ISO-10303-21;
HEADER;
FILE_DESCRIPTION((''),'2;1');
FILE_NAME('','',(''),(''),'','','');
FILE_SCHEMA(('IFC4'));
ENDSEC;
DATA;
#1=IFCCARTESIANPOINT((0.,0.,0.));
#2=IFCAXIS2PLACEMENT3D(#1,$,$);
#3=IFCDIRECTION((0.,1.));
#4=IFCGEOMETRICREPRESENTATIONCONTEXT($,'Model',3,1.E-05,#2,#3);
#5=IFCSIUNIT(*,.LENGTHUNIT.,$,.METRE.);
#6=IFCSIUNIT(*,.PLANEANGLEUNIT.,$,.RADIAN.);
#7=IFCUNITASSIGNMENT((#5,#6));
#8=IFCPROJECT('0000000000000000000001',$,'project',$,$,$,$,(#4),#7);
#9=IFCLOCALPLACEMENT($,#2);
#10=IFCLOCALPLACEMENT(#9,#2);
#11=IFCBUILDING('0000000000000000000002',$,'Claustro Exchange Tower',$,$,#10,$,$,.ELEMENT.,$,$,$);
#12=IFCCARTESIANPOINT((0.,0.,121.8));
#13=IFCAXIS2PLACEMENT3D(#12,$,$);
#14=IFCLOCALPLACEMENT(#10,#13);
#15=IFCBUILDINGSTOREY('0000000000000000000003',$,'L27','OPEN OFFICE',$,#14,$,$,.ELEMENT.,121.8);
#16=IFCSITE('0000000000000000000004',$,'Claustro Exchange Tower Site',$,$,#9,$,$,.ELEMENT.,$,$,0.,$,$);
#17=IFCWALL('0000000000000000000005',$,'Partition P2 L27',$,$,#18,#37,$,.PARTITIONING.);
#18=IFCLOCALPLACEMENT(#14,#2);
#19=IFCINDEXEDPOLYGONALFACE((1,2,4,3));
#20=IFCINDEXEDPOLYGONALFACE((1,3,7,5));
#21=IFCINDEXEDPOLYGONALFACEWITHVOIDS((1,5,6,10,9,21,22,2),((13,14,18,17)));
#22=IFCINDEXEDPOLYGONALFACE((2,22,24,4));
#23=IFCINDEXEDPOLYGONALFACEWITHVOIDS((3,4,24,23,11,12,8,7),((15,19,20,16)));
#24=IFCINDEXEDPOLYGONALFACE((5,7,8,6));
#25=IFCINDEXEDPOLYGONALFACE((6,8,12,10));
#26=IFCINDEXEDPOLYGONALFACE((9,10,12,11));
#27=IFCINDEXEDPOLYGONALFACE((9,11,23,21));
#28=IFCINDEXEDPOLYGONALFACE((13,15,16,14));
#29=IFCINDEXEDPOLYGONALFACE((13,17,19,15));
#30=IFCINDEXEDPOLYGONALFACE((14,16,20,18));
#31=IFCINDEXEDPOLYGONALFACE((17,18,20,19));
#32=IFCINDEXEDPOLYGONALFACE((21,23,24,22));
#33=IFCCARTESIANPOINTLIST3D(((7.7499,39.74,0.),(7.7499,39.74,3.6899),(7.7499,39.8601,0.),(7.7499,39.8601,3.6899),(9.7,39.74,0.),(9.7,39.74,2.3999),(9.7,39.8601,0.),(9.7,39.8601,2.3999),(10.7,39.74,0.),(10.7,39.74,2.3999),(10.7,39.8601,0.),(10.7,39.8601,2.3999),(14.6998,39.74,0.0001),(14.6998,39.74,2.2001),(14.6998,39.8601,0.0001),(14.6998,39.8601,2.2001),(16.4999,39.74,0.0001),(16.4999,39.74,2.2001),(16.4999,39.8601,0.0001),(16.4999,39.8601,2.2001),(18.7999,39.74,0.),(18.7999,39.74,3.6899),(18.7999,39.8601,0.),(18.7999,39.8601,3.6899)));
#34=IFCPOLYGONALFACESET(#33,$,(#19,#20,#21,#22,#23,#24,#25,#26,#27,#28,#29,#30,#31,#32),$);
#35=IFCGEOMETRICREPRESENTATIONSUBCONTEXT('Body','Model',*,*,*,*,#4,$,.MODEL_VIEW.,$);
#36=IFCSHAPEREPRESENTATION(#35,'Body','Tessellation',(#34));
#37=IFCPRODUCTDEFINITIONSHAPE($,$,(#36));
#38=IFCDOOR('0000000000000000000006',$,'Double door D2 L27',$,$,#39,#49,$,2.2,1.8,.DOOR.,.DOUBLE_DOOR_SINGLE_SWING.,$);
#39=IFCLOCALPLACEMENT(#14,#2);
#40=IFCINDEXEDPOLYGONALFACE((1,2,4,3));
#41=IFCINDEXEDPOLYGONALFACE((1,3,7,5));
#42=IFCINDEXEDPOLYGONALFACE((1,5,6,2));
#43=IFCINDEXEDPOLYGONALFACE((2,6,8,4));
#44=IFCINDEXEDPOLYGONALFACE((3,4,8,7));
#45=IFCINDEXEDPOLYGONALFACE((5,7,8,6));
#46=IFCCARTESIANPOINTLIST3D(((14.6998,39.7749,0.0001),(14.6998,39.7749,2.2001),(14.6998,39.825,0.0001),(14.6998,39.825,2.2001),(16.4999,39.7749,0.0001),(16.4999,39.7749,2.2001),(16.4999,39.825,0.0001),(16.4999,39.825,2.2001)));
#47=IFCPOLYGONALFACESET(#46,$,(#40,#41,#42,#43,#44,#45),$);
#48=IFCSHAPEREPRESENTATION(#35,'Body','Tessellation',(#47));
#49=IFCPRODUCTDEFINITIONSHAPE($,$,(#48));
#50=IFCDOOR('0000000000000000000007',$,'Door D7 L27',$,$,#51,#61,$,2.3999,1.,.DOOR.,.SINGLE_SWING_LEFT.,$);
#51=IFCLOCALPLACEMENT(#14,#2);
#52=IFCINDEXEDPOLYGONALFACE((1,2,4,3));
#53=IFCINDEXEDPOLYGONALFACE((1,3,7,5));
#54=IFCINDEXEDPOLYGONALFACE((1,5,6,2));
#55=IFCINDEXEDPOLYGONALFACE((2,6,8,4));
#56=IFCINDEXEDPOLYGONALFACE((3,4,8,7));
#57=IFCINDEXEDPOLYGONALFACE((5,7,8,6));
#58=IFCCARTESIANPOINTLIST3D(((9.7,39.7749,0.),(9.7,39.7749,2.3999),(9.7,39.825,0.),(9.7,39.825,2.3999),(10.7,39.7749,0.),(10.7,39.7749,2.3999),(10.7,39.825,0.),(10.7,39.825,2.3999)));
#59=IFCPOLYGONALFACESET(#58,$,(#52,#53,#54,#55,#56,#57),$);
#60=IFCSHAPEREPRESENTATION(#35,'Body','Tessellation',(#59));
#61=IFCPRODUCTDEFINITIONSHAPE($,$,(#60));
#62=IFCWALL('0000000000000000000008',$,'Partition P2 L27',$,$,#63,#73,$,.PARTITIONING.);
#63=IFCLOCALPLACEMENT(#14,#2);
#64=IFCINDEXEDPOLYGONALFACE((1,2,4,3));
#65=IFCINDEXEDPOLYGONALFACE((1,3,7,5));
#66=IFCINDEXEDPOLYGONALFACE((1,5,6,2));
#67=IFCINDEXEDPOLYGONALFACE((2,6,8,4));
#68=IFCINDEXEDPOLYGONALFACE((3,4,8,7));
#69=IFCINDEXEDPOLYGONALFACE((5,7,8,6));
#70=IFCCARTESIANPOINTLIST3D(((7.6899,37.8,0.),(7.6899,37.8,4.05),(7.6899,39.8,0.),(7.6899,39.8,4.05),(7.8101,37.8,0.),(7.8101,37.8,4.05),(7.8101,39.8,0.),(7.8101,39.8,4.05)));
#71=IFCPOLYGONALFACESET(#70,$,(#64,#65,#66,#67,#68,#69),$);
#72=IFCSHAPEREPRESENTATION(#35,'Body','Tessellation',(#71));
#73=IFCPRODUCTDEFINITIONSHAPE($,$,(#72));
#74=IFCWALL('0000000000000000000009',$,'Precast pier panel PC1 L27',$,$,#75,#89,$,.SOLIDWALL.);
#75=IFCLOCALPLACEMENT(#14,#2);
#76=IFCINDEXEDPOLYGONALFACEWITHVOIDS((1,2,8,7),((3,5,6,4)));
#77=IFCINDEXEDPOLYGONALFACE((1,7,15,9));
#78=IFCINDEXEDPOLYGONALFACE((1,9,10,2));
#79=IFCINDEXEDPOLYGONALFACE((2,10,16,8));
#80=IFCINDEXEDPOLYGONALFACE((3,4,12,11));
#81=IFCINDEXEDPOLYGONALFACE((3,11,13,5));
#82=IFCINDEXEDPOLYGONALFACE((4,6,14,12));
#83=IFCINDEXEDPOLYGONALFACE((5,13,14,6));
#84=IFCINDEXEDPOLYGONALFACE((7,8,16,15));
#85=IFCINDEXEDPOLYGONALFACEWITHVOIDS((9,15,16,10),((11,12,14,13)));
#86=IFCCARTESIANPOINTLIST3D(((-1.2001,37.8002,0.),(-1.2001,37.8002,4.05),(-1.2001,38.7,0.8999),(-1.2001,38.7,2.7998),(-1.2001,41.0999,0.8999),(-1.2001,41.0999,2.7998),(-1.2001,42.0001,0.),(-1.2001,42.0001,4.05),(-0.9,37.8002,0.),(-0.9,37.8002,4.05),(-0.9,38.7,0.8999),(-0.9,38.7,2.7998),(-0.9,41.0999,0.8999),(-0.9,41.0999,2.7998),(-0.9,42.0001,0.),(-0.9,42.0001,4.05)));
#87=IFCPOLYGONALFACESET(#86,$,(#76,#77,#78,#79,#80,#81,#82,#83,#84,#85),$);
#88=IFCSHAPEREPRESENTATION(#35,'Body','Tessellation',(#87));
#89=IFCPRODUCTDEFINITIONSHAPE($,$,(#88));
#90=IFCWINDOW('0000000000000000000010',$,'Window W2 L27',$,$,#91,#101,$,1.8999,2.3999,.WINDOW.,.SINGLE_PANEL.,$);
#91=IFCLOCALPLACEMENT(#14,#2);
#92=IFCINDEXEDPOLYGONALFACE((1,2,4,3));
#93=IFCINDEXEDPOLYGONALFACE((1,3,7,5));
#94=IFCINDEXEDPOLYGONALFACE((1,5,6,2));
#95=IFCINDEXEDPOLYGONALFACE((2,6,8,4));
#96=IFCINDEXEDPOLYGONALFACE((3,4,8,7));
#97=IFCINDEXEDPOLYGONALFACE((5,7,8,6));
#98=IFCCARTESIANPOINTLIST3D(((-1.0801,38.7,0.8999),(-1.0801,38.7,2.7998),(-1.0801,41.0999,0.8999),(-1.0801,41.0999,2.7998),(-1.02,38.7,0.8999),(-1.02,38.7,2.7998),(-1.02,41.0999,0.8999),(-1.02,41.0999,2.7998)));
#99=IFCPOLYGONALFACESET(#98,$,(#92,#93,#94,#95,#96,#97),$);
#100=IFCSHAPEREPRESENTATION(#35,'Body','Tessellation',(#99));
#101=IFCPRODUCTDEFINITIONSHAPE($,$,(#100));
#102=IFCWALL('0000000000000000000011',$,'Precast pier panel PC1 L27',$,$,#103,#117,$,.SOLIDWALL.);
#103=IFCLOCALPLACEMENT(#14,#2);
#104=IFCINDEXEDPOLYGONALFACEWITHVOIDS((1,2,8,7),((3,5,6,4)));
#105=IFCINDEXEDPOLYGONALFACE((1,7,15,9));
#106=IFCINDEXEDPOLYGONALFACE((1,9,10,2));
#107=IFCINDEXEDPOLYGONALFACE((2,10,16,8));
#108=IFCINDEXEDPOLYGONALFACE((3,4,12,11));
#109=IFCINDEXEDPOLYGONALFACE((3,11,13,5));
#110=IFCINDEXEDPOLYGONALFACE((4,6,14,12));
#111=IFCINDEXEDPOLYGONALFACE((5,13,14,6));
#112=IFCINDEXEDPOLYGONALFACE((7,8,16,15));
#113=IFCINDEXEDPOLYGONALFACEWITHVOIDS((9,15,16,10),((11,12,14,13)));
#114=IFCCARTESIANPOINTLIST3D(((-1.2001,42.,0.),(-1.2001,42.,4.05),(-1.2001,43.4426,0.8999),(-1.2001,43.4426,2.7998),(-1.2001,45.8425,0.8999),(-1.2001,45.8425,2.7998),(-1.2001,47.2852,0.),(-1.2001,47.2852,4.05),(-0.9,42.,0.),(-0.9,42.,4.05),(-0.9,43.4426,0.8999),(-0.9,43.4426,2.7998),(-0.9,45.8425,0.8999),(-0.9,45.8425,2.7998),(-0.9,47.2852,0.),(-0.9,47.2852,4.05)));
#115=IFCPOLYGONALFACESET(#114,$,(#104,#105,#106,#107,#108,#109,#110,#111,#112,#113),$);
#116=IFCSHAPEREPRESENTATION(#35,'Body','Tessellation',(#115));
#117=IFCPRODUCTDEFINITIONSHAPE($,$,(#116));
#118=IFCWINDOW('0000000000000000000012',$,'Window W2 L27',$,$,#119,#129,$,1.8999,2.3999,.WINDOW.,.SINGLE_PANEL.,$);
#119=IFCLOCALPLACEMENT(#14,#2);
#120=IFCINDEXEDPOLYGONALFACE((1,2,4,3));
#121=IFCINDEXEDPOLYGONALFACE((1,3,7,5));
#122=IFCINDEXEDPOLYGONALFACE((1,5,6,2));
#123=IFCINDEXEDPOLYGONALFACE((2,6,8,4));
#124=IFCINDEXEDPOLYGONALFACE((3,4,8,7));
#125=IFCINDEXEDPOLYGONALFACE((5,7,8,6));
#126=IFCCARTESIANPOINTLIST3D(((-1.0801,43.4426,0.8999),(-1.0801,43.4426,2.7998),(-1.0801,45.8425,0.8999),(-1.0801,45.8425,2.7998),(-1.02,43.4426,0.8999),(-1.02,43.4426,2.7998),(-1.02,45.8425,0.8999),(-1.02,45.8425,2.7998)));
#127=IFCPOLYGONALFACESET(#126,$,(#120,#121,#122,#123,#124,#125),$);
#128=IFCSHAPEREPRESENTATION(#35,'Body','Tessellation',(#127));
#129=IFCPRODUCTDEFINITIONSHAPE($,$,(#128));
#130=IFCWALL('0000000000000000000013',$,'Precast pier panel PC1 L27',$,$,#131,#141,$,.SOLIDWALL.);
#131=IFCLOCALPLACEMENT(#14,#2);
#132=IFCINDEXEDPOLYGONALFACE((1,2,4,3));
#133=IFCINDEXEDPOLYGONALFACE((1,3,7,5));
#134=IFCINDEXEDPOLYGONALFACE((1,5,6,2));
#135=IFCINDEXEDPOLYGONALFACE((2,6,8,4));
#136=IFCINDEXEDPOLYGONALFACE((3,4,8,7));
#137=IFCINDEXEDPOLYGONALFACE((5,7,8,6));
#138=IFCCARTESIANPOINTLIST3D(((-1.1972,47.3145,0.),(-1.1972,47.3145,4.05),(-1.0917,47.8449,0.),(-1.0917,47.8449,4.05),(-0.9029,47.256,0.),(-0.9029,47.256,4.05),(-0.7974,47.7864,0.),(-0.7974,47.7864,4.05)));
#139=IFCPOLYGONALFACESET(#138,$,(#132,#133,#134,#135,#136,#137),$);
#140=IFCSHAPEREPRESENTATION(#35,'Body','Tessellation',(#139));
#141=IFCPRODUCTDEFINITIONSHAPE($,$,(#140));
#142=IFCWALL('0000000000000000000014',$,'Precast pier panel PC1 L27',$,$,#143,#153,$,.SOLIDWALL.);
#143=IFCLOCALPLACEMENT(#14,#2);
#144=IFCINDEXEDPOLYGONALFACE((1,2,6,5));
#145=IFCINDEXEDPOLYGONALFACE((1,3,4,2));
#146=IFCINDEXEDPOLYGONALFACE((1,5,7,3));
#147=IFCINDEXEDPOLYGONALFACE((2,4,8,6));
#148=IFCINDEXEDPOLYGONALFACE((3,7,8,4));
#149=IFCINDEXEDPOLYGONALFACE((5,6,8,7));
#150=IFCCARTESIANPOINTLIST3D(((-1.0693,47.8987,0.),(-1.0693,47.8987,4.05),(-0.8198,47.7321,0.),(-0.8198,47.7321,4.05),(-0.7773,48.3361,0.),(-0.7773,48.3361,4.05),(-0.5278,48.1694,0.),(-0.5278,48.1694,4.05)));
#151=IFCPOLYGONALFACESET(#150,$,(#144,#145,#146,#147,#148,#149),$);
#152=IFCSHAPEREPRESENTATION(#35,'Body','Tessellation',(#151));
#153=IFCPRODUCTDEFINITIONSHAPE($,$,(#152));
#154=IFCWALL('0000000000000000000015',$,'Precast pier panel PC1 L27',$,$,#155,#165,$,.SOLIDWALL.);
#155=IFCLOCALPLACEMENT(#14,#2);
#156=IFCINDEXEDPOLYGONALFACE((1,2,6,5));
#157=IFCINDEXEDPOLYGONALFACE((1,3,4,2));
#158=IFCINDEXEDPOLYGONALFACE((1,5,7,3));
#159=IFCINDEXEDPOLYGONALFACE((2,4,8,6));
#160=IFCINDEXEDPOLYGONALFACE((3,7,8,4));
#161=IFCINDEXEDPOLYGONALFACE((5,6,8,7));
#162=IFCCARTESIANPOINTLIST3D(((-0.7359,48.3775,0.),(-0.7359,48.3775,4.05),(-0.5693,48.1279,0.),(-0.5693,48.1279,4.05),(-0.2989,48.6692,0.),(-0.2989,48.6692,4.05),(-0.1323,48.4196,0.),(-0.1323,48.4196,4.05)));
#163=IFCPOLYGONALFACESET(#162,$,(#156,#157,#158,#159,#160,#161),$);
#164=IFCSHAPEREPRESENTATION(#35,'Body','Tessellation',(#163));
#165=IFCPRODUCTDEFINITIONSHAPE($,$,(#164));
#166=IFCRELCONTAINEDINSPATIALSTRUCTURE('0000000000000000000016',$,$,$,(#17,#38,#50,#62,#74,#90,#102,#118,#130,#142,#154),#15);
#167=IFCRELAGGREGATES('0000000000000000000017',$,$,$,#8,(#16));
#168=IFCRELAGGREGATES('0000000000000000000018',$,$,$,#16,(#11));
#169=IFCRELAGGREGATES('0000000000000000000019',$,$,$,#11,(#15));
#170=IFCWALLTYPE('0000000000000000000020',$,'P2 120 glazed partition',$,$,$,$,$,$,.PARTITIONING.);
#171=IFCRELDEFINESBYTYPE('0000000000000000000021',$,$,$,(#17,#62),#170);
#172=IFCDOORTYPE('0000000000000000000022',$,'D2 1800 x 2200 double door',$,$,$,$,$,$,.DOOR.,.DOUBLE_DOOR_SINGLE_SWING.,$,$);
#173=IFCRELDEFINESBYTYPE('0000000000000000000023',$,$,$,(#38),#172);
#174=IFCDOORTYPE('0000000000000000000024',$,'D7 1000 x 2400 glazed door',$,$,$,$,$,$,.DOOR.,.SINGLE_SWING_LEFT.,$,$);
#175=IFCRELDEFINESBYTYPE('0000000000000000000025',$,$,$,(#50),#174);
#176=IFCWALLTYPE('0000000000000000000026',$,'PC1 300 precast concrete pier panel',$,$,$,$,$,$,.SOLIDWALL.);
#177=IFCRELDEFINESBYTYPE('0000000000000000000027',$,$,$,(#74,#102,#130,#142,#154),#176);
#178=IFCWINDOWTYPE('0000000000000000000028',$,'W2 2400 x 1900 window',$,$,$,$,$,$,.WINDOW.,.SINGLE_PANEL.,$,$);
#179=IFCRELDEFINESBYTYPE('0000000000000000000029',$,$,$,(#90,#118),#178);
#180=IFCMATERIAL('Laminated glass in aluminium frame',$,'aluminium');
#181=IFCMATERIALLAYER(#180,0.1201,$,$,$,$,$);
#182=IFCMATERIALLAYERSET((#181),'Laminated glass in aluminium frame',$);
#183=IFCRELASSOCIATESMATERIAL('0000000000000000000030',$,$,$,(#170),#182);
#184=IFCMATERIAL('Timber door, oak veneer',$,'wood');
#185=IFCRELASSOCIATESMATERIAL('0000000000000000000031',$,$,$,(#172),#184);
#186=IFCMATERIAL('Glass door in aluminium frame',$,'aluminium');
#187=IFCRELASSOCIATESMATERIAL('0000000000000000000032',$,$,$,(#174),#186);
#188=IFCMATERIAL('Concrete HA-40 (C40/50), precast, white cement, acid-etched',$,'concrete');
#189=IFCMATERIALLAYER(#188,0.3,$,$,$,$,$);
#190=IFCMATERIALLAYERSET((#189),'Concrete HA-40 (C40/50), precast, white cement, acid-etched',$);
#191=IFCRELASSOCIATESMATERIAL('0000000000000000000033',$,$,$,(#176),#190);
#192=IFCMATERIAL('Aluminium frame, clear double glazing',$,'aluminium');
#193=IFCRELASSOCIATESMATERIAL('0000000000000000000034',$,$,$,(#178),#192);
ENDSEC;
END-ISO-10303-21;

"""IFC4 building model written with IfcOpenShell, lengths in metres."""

from ifc_helpers import new_model, si_unit, direction, frame, frame_2d, origin, place, context, subcontext, project, spatial, rectangle, extrude, material, layer, layer_set, type_object, element, fill, save


model = new_model("IFC4")

# Units and contexts
model_context = context("Model", 3, precision=1e-05, world=origin(), true_north=direction((0.0, 1.0)))
body_context = subcontext(model_context, "Body", "Model", "MODEL_VIEW")
ifc_project = project(units=[si_unit("LENGTHUNIT", "METRE"), si_unit("PLANEANGLEUNIT", "RADIAN")], contexts=[model_context])

# Site, building, storey
site_placement = place(None, origin())
site = spatial("IfcSite", under=ifc_project, at=site_placement, Name="Claustro Exchange Tower Site", CompositionType="ELEMENT", RefElevation=0.0)
building_placement = place(site_placement, origin())
building = spatial("IfcBuilding", under=site, at=building_placement, Name="Claustro Exchange Tower", CompositionType="ELEMENT")
storey_placement = place(building_placement, frame((0.0, 0.0, 121.8)))
storey = spatial("IfcBuildingStorey", under=building, at=storey_placement, Name="L27", Description="OPEN OFFICE", CompositionType="ELEMENT", Elevation=121.8)

# Shared definitions
ifc_material_1 = material(Name="Laminated glass in aluminium frame", Category="aluminium")
ifc_layer_1 = layer(ifc_material_1, 0.1201)
ifc_layer_set_1 = layer_set([ifc_layer_1], Name="Laminated glass in aluminium frame")
wall_type_1 = type_object("IfcWallType", Name="P2 120 glazed partition", PredefinedType="PARTITIONING", material=ifc_layer_set_1)
ifc_material_2 = material(Name="Timber door, oak veneer", Category="wood")
door_type_1 = type_object("IfcDoorType", Name="D2 1800 x 2200 double door", OperationType="DOUBLE_DOOR_SINGLE_SWING", PredefinedType="DOOR", material=ifc_material_2)

# Wall, openings, doors
wall_1_placement = place(storey_placement, frame((7.75, 39.8, 0.0), z_axis=(0.0, 0.0, 1.0), x_axis=(1.0, 0.0, 0.0)))
wall_1 = element("IfcWall", 1, at=wall_1_placement, inside=storey, type_object=wall_type_1, Name="Partition P2 L27", PredefinedType="PARTITIONING", context=body_context, shape_type="SweptSolid", body=[
    extrude(rectangle(XDim=11.05, YDim=0.1201, at=frame_2d((5.5249, 0.0))), origin(), (0.0, 0.0, 1.0), 3.6899),
])
opening_1_placement = place(wall_1_placement, frame((1.95, 0.0, 0.0)))
opening_1 = element("IfcOpeningElement", 2, at=opening_1_placement, cuts=wall_1, PredefinedType="OPENING", context=body_context, shape_type="SweptSolid", body=[
    extrude(rectangle(XDim=1.0, YDim=2.3999, at=frame_2d((0.5, 1.2))), frame((0.0, 0.0701, 0.0), z_axis=(0.0, -1.0, 0.0), x_axis=(1.0, 0.0, 0.0)), (0.0, 0.0, 1.0), 0.1401),
])
opening_2_placement = place(wall_1_placement, frame((6.95, 0.0, 0.0)))
opening_2 = element("IfcOpeningElement", 3, at=opening_2_placement, cuts=wall_1, PredefinedType="OPENING", context=body_context, shape_type="SweptSolid", body=[
    extrude(rectangle(XDim=1.8, YDim=2.2, at=frame_2d((0.8999, 1.1001))), frame((0.0, 0.0701, 0.0), z_axis=(0.0, -1.0, 0.0), x_axis=(1.0, 0.0, 0.0)), (0.0, 0.0, 1.0), 0.1401),
])
door_1_placement = place(opening_2_placement, origin())
door_1 = element("IfcDoor", 4, at=door_1_placement, inside=storey, type_object=door_type_1, Name="Double door D2 L27", OperationType="DOUBLE_DOOR_SINGLE_SWING", OverallHeight=2.2, OverallWidth=1.8, PredefinedType="DOOR", context=body_context, shape_type="SweptSolid", body=[
    extrude(rectangle(XDim=1.8, YDim=2.2, at=frame_2d((0.8999, 1.1001))), frame((0.0, 0.0249, 0.0), z_axis=(0.0, -1.0, 0.0), x_axis=(1.0, 0.0, 0.0)), (0.0, 0.0, 1.0), 0.05),
])
fill(opening_2, door_1)
ifc_material_3 = material(Name="Glass door in aluminium frame", Category="aluminium")
door_type_2 = type_object("IfcDoorType", Name="D7 1000 x 2400 glazed door", OperationType="SINGLE_SWING_LEFT", PredefinedType="DOOR", material=ifc_material_3)
door_2_placement = place(opening_1_placement, origin())
door_2 = element("IfcDoor", 5, at=door_2_placement, inside=storey, type_object=door_type_2, Name="Door D7 L27", OperationType="SINGLE_SWING_LEFT", OverallHeight=2.3999, OverallWidth=1.0, PredefinedType="DOOR", context=body_context, shape_type="SweptSolid", body=[
    extrude(rectangle(XDim=1.0, YDim=2.3999, at=frame_2d((0.5, 1.2))), frame((0.0, 0.0249, 0.0), z_axis=(0.0, -1.0, 0.0), x_axis=(1.0, 0.0, 0.0)), (0.0, 0.0, 1.0), 0.05),
])
fill(opening_1, door_2)

# Wall
wall_2_placement = place(storey_placement, frame((7.75, 37.8, 0.0), z_axis=(0.0, 0.0, 1.0), x_axis=(0.0, 1.0, 0.0)))
element("IfcWall", 6, at=wall_2_placement, inside=storey, type_object=wall_type_1, Name="Partition P2 L27", PredefinedType="PARTITIONING", context=body_context, shape_type="SweptSolid", body=[
    extrude(rectangle(XDim=2.0, YDim=0.1201, at=frame_2d((1.0, 0.0))), origin(), (0.0, 0.0, 1.0), 4.05),
])

# Walls, openings, windows
ifc_material_4 = material(Name="Concrete HA-40 (C40/50), precast, white cement, acid-etched", Category="concrete")
ifc_layer_2 = layer(ifc_material_4, 0.3)
ifc_layer_set_2 = layer_set([ifc_layer_2], Name="Concrete HA-40 (C40/50), precast, white cement, acid-etched")
wall_type_2 = type_object("IfcWallType", Name="PC1 300 precast concrete pier panel", PredefinedType="SOLIDWALL", material=ifc_layer_set_2)
wall_3_placement = place(storey_placement, frame((-1.05, 37.8, 0.0), z_axis=(0.0, 0.0, 1.0), x_axis=(0.0, 1.0, 0.0)))
wall_3 = element("IfcWall", 7, at=wall_3_placement, inside=storey, type_object=wall_type_2, Name="Precast pier panel PC1 L27", PredefinedType="SOLIDWALL", context=body_context, shape_type="SweptSolid", body=[
    extrude(rectangle(XDim=4.2, YDim=0.3, at=frame_2d((2.1001, 0.0))), origin(), (0.0, 0.0, 1.0), 4.05),
])
opening_3_placement = place(wall_3_placement, frame((0.8999, 0.0, 0.8999)))
opening_3 = element("IfcOpeningElement", 8, at=opening_3_placement, cuts=wall_3, PredefinedType="OPENING", context=body_context, shape_type="SweptSolid", body=[
    extrude(rectangle(XDim=2.3999, YDim=1.8999, at=frame_2d((1.2, 0.95))), frame((0.0, 0.1599, 0.0), z_axis=(0.0, -1.0, 0.0), x_axis=(1.0, 0.0, 0.0)), (0.0, 0.0, 1.0), 0.3201),
])
ifc_material_5 = material(Name="Aluminium frame, clear double glazing", Category="aluminium")
window_type_1 = type_object("IfcWindowType", Name="W2 2400 x 1900 window", PartitioningType="SINGLE_PANEL", PredefinedType="WINDOW", material=ifc_material_5)
window_1_placement = place(opening_3_placement, origin())
window_1 = element("IfcWindow", 9, at=window_1_placement, inside=storey, type_object=window_type_1, Name="Window W2 L27", OverallHeight=1.8999, OverallWidth=2.3999, PartitioningType="SINGLE_PANEL", PredefinedType="WINDOW", context=body_context, shape_type="SweptSolid", body=[
    extrude(rectangle(XDim=2.3999, YDim=1.8999, at=frame_2d((1.2, 0.95))), frame((0.0, 0.03, 0.0), z_axis=(0.0, -1.0, 0.0), x_axis=(1.0, 0.0, 0.0)), (0.0, 0.0, 1.0), 0.0601),
])
fill(opening_3, window_1)
wall_4_placement = place(storey_placement, frame((-1.05, 42.0, 0.0), z_axis=(0.0, 0.0, 1.0), x_axis=(0.0, 1.0, 0.0)))
wall_4 = element("IfcWall", 10, at=wall_4_placement, inside=storey, type_object=wall_type_2, Name="Precast pier panel PC1 L27", PredefinedType="SOLIDWALL", context=body_context, shape_type="SweptSolid", body=[
    extrude(rectangle(XDim=5.2852, YDim=0.3, at=frame_2d((2.6426, 0.0))), origin(), (0.0, 0.0, 1.0), 4.05),
])
opening_4_placement = place(wall_4_placement, frame((1.4426, 0.0, 0.8999)))
opening_4 = element("IfcOpeningElement", 11, at=opening_4_placement, cuts=wall_4, PredefinedType="OPENING", context=body_context, shape_type="SweptSolid", body=[
    extrude(rectangle(XDim=2.3999, YDim=1.8999, at=frame_2d((1.2, 0.95))), frame((0.0, 0.1599, 0.0), z_axis=(0.0, -1.0, 0.0), x_axis=(1.0, 0.0, 0.0)), (0.0, 0.0, 1.0), 0.3201),
])
window_2_placement = place(opening_4_placement, origin())
window_2 = element("IfcWindow", 12, at=window_2_placement, inside=storey, type_object=window_type_1, Name="Window W2 L27", OverallHeight=1.8999, OverallWidth=2.3999, PartitioningType="SINGLE_PANEL", PredefinedType="WINDOW", context=body_context, shape_type="SweptSolid", body=[
    extrude(rectangle(XDim=2.3999, YDim=1.8999, at=frame_2d((1.2, 0.95))), frame((0.0, 0.03, 0.0), z_axis=(0.0, -1.0, 0.0), x_axis=(1.0, 0.0, 0.0)), (0.0, 0.0, 1.0), 0.0601),
])
fill(opening_4, window_2)

# Walls
wall_5_placement = place(storey_placement, frame((-1.05, 47.2852, 0.0), z_axis=(0.0, 0.0, 1.0), x_axis=(0.195074, 0.980789, 0.0)))
element("IfcWall", 13, at=wall_5_placement, inside=storey, type_object=wall_type_2, Name="Precast pier panel PC1 L27", PredefinedType="SOLIDWALL", context=body_context, shape_type="SweptSolid", body=[
    extrude(rectangle(XDim=0.5408, YDim=0.3, at=frame_2d((0.2705, 0.0))), origin(), (0.0, 0.0, 1.0), 4.05),
])
wall_6_placement = place(storey_placement, frame((-0.9446, 47.8154, 0.0), z_axis=(0.0, 0.0, 1.0), x_axis=(0.555343, 0.831621, 0.0)))
element("IfcWall", 14, at=wall_6_placement, inside=storey, type_object=wall_type_2, Name="Precast pier panel PC1 L27", PredefinedType="SOLIDWALL", context=body_context, shape_type="SweptSolid", body=[
    extrude(rectangle(XDim=0.5259, YDim=0.3, at=frame_2d((0.2629, 0.0))), origin(), (0.0, 0.0, 1.0), 4.05),
])
wall_7_placement = place(storey_placement, frame((-0.6526, 48.2527, 0.0), z_axis=(0.0, 0.0, 1.0), x_axis=(0.831693, 0.555236, 0.0)))
element("IfcWall", 15, at=wall_7_placement, inside=storey, type_object=wall_type_2, Name="Precast pier panel PC1 L27", PredefinedType="SOLIDWALL", context=body_context, shape_type="SweptSolid", body=[
    extrude(rectangle(XDim=0.5254, YDim=0.3, at=frame_2d((0.2627, 0.0))), origin(), (0.0, 0.0, 1.0), 4.05),
])

save(model, "model.ifc")
